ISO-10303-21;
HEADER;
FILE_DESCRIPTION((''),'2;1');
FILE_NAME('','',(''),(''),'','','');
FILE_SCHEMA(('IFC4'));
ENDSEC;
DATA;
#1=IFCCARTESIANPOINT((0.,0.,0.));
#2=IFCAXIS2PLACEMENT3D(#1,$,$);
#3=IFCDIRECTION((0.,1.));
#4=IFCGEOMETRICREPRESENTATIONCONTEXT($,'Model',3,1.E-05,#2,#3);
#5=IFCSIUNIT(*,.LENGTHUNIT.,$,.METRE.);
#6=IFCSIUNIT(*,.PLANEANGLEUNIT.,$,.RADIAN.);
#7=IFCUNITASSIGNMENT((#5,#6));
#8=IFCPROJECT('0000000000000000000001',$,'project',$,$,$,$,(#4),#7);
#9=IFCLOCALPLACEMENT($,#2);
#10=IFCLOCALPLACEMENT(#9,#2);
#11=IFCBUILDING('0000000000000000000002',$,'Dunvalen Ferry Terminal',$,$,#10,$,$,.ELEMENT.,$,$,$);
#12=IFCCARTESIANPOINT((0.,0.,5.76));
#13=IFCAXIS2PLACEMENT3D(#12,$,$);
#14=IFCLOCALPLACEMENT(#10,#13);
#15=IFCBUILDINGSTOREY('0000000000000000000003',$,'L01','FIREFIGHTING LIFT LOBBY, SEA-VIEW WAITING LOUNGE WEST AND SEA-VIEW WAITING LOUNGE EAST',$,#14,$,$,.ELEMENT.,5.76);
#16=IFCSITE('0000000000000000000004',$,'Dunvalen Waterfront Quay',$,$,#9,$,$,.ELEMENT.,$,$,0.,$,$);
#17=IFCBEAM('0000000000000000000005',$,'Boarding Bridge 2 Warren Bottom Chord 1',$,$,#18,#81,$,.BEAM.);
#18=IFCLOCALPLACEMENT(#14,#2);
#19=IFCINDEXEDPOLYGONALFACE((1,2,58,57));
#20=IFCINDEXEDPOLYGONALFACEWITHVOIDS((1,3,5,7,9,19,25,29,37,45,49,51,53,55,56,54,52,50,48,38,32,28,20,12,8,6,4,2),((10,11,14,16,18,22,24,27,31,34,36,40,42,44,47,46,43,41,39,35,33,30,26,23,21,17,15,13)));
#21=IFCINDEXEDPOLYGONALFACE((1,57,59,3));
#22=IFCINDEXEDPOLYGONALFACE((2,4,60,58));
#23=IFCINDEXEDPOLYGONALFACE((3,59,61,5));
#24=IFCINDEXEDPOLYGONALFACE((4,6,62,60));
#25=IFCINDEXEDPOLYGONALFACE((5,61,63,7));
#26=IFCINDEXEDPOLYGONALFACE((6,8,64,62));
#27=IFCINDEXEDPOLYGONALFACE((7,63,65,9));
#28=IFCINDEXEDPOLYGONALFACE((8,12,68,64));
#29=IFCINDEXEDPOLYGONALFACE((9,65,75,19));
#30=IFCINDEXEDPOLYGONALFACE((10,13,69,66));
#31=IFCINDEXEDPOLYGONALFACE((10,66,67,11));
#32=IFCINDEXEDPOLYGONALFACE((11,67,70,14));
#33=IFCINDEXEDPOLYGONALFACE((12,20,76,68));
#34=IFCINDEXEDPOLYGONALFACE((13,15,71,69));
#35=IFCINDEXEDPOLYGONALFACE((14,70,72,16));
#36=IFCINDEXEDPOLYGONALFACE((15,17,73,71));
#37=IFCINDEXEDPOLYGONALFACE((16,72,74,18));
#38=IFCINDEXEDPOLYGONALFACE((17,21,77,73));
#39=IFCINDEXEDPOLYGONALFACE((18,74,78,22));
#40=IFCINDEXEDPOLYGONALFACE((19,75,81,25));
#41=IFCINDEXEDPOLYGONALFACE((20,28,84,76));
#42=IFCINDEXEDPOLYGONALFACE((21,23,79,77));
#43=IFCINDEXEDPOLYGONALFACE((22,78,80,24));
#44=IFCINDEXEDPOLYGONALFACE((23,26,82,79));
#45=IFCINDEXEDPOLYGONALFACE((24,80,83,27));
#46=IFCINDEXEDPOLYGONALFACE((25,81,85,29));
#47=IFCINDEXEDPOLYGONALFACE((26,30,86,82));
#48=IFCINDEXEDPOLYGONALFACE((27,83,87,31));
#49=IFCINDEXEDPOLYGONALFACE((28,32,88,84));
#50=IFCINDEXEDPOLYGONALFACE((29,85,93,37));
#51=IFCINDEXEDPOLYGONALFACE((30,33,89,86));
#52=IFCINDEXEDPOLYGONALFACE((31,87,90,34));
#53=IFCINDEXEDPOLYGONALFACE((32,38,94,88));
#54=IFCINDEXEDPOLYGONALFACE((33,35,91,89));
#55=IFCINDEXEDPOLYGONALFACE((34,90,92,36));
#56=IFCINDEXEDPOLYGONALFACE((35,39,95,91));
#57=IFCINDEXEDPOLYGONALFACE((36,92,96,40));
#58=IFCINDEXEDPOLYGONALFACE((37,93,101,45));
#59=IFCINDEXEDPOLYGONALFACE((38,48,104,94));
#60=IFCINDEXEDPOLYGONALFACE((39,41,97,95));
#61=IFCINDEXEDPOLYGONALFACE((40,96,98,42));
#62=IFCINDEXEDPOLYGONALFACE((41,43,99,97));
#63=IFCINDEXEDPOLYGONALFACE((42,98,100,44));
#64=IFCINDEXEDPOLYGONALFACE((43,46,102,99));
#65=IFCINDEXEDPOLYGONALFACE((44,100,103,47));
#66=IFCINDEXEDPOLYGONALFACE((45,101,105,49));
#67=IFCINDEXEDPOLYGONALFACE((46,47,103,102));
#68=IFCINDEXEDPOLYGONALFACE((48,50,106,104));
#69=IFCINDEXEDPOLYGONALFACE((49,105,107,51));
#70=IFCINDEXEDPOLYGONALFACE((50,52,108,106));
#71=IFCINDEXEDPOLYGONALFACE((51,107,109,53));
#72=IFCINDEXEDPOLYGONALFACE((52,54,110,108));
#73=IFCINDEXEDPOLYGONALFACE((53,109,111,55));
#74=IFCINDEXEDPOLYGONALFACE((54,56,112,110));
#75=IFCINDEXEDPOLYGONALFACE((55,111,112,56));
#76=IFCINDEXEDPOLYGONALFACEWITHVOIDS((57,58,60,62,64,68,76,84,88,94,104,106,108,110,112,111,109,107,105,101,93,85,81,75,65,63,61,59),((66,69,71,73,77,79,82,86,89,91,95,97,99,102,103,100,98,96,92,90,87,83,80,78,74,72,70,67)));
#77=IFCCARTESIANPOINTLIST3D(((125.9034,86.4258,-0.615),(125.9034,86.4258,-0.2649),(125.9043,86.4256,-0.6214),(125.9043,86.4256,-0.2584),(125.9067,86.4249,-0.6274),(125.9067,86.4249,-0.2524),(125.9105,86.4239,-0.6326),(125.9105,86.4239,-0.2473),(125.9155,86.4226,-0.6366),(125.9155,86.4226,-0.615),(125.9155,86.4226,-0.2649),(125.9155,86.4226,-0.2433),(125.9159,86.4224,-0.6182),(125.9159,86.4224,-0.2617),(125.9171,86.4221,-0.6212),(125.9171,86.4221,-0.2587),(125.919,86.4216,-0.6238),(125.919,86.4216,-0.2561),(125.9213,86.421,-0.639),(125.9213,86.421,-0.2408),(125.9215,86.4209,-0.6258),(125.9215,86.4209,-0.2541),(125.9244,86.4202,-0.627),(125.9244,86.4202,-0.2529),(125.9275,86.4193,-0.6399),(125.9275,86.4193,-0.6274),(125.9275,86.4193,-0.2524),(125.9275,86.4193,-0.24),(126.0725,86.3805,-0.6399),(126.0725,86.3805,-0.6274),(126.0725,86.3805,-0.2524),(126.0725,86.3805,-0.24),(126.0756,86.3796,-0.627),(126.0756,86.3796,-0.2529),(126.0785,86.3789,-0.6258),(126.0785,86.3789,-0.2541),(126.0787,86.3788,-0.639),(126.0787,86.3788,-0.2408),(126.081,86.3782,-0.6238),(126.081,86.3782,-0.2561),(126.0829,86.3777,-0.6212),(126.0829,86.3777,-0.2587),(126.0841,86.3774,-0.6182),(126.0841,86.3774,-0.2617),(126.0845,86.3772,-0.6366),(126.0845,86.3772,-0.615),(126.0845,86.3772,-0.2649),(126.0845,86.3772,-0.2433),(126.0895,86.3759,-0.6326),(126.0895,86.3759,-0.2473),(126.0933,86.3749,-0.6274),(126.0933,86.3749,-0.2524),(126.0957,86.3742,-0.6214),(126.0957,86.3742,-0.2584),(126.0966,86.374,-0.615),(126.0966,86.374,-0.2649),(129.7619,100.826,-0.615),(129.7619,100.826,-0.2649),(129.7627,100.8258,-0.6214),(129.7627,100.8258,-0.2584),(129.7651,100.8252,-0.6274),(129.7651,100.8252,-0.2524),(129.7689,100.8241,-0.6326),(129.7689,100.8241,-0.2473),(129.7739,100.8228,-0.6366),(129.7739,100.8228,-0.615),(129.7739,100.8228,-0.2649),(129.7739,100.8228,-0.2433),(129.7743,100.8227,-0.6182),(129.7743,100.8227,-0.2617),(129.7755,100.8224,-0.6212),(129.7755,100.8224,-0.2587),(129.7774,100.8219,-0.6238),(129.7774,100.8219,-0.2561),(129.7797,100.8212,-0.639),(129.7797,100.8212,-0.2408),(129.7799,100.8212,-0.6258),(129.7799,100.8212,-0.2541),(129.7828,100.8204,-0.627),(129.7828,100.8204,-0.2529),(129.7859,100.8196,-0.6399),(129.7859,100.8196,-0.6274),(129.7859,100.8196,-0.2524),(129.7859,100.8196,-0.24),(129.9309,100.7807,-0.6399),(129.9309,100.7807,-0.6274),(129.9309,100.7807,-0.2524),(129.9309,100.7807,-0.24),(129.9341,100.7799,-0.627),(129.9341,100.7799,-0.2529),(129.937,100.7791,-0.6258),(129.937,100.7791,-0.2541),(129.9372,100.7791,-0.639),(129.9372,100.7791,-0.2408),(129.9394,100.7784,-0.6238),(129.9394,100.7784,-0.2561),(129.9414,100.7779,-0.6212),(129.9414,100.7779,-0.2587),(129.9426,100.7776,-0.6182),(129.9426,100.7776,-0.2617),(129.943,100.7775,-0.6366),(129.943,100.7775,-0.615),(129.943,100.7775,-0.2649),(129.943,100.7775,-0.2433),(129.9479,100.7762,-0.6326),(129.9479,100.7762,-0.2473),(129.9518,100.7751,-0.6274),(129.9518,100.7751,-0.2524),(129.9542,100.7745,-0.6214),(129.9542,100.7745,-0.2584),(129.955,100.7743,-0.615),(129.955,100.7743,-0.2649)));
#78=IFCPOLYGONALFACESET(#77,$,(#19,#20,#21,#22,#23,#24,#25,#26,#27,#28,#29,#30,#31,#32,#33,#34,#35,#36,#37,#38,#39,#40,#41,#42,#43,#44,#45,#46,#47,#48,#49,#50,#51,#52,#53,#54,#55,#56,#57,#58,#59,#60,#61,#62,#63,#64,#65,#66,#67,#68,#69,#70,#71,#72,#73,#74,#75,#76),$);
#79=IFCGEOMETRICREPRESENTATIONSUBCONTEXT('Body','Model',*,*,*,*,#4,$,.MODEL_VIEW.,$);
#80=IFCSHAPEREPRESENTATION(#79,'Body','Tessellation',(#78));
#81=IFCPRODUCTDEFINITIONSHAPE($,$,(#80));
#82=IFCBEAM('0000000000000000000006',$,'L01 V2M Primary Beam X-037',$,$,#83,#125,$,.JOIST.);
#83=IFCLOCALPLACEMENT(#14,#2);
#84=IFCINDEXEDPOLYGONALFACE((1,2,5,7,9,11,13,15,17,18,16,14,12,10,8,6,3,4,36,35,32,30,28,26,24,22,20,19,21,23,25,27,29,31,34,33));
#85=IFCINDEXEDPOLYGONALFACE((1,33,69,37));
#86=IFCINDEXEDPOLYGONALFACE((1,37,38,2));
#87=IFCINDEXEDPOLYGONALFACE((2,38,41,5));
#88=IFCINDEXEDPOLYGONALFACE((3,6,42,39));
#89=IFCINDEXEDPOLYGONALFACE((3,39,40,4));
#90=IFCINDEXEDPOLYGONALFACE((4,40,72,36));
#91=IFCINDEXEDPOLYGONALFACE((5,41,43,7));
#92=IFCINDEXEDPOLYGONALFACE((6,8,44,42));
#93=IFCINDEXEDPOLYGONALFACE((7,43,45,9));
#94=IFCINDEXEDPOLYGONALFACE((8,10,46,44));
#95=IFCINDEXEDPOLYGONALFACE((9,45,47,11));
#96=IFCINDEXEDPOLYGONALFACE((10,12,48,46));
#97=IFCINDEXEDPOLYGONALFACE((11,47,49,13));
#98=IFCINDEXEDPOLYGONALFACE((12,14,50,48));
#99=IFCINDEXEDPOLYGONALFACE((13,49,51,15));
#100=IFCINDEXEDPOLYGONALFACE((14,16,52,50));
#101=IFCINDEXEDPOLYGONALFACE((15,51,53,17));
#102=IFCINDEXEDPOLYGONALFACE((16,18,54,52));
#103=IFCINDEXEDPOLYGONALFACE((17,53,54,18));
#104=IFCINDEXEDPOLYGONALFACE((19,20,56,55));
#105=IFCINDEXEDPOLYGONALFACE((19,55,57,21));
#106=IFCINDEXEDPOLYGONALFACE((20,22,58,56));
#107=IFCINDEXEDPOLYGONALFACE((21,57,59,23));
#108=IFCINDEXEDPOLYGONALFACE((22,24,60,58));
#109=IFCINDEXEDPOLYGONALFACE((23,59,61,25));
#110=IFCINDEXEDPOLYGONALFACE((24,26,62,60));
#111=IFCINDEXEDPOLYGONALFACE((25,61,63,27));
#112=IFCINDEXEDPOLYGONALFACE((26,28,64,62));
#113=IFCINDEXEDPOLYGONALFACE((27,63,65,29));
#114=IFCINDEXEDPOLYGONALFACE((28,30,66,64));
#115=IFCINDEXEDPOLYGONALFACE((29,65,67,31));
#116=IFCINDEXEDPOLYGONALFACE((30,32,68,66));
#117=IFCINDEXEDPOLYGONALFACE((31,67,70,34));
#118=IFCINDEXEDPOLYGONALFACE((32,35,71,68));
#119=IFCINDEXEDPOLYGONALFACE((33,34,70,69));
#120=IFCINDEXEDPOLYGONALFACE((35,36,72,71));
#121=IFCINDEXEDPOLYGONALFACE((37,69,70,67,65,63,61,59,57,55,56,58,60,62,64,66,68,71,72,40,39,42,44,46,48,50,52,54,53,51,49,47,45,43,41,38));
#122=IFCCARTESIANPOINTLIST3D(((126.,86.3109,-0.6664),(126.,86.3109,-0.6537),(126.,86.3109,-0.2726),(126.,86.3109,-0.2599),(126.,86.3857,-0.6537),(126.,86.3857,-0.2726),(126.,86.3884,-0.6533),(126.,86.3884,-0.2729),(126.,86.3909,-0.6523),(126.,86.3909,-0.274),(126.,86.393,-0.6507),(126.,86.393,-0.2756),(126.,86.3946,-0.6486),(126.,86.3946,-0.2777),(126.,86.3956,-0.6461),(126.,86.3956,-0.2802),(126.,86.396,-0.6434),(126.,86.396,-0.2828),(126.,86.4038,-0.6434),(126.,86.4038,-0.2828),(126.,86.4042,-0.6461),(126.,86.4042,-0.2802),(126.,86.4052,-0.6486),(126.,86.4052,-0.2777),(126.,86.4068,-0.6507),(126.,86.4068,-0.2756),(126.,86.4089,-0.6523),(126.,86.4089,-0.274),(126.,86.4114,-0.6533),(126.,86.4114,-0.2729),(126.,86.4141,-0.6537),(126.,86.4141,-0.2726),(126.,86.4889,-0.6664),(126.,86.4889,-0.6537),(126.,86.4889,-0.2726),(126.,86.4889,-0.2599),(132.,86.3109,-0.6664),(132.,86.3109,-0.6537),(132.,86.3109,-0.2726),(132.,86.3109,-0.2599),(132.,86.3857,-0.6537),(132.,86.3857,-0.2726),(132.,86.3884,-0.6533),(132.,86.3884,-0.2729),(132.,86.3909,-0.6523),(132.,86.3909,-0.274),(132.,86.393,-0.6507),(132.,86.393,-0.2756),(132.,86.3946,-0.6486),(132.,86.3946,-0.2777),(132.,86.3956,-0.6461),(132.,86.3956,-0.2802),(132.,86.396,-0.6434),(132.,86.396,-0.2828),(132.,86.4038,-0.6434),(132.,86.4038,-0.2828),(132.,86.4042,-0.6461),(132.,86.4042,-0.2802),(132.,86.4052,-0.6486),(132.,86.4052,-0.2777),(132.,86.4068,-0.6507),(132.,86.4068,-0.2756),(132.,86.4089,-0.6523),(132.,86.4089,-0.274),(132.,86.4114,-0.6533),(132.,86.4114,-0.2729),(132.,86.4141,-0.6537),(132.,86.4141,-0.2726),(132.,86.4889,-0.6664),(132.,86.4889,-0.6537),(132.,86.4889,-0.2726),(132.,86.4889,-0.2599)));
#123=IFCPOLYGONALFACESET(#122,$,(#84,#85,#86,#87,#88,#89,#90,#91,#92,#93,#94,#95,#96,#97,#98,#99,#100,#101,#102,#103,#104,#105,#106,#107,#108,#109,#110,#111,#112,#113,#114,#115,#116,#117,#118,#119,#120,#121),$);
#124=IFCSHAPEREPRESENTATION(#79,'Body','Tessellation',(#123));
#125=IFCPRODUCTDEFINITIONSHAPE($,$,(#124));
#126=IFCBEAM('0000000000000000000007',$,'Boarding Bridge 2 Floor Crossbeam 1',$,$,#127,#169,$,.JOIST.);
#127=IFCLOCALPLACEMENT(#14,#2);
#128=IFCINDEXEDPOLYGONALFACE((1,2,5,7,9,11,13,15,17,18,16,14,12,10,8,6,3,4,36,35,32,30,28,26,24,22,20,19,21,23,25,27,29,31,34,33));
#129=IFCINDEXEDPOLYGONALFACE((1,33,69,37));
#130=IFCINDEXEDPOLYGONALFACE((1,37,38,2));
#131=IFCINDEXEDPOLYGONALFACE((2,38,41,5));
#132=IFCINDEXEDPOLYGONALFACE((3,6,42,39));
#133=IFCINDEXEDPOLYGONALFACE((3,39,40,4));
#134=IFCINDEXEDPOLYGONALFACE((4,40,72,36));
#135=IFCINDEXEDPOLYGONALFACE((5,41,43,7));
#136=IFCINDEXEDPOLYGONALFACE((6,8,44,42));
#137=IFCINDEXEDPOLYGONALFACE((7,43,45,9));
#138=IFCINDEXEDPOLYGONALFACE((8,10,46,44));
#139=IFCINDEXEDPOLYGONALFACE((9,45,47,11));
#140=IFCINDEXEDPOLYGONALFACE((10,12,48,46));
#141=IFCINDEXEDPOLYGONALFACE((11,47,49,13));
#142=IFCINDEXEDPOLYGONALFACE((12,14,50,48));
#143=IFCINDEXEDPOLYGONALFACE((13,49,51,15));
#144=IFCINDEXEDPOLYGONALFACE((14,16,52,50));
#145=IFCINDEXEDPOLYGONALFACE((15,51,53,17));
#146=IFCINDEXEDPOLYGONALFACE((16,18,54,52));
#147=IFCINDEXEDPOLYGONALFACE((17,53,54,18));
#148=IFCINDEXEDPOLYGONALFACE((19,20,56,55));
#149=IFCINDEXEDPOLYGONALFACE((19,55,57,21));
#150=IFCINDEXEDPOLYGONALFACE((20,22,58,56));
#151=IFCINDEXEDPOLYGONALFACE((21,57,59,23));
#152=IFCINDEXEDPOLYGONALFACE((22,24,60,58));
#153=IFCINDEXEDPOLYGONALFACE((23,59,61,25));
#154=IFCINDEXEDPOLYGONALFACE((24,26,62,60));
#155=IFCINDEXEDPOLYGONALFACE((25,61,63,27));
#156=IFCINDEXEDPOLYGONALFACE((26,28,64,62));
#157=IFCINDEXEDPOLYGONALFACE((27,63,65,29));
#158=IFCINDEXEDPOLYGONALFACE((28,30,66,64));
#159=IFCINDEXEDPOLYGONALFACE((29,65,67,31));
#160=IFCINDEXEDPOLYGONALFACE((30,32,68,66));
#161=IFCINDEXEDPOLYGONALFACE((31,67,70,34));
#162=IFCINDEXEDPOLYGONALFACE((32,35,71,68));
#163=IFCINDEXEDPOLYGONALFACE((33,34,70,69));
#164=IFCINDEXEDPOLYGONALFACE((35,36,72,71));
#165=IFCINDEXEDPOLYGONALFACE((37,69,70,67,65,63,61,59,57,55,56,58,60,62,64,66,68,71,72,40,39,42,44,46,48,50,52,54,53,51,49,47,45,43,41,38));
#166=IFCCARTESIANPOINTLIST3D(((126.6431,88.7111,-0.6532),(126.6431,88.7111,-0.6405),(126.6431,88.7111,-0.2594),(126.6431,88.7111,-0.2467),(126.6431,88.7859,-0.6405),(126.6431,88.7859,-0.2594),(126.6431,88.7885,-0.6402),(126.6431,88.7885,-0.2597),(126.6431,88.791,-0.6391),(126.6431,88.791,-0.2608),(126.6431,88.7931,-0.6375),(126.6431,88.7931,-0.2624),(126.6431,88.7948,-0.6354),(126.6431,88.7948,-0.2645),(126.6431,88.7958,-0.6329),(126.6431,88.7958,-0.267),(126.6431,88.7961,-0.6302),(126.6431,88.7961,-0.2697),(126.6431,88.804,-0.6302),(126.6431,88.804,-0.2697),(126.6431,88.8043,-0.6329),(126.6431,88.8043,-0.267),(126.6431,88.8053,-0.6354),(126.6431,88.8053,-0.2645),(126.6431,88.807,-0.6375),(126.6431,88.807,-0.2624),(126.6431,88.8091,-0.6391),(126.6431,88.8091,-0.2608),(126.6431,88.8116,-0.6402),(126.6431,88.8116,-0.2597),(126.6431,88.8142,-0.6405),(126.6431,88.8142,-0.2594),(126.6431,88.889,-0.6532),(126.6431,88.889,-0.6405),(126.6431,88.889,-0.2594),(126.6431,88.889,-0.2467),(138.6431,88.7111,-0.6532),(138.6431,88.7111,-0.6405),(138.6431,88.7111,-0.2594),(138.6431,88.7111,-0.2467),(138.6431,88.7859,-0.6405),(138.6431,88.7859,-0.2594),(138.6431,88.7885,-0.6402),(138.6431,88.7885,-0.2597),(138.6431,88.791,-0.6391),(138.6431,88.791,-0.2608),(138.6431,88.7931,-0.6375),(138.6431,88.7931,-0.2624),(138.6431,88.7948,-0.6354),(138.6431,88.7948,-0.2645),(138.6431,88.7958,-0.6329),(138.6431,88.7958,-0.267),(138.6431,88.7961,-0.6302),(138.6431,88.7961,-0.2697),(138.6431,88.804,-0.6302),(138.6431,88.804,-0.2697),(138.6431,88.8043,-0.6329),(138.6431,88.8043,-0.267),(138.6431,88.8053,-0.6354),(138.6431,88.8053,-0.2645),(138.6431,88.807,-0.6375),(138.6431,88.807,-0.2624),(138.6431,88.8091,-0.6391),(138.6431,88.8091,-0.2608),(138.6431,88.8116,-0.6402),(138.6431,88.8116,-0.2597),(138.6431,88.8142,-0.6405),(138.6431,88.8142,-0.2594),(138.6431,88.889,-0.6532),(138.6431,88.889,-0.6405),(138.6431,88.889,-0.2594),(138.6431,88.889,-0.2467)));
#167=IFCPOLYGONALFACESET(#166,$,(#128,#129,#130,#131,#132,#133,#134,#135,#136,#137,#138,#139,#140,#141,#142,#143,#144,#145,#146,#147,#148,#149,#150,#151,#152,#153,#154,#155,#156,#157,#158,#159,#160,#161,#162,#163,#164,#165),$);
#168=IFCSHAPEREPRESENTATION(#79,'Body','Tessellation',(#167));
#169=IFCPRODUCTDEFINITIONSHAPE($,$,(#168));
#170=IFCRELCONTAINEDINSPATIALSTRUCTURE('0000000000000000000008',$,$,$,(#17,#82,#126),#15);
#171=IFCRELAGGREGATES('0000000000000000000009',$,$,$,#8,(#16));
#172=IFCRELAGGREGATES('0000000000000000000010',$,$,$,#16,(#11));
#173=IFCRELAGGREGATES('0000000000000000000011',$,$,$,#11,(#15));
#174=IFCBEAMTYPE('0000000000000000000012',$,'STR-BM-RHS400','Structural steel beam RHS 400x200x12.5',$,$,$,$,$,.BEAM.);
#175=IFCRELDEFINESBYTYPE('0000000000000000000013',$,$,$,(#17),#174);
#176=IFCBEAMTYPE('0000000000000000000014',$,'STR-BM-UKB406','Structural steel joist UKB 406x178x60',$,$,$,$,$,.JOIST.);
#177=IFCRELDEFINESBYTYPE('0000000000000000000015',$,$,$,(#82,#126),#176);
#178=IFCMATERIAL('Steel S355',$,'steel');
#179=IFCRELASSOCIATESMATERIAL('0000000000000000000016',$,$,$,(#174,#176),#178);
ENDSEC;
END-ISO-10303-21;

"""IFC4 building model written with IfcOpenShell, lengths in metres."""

from ifc_helpers import new_model, si_unit, direction, frame, origin, origin_2d, place, context, subcontext, project, spatial, hollow_rectangle, i_section, extrude, material, material_profile, profile_set, type_object, element, save


model = new_model("IFC4")

# Units and contexts
model_context = context("Model", 3, precision=1e-05, world=origin(), true_north=direction((0.0, 1.0)))
body_context = subcontext(model_context, "Body", "Model", "MODEL_VIEW")
ifc_project = project(units=[si_unit("LENGTHUNIT", "METRE"), si_unit("PLANEANGLEUNIT", "RADIAN")], contexts=[model_context])

# Site, building, storey
site_placement = place(None, origin())
site = spatial("IfcSite", under=ifc_project, at=site_placement, Name="Dunvalen Waterfront Quay", CompositionType="ELEMENT", RefElevation=0.0)
building_placement = place(site_placement, origin())
building = spatial("IfcBuilding", under=site, at=building_placement, Name="Dunvalen Ferry Terminal", CompositionType="ELEMENT")
storey_placement = place(building_placement, frame((0.0, 0.0, 5.76)))
storey = spatial("IfcBuildingStorey", under=building, at=storey_placement, Name="L01", Description="FIREFIGHTING LIFT LOBBY, SEA-VIEW WAITING LOUNGE WEST AND SEA-VIEW WAITING LOUNGE EAST", CompositionType="ELEMENT", Elevation=5.76)

# Beams
ifc_material_1 = material(Name="Steel S355", Category="steel")
ifc_material_profile_1 = material_profile(ifc_material_1, hollow_rectangle(XDim=0.2, YDim=0.3999, WallThickness=0.0125, InnerFilletRadius=0.0125, OuterFilletRadius=0.0249, at=origin_2d()), Name="Steel S355")
ifc_profile_set_1 = profile_set([ifc_material_profile_1], Name="Steel S355")
beam_type_1 = type_object("IfcBeamType", Name="STR-BM-RHS400", Description="Structural steel beam RHS 400x200x12.5", PredefinedType="BEAM", material=ifc_profile_set_1)
beam_1_placement = place(storey_placement, frame((126.0, 86.3999, -0.4399), z_axis=(0.258812, 0.965928, 0.0), x_axis=(-0.965928, 0.258812, 0.0)))
element("IfcBeam", 1, at=beam_1_placement, inside=storey, type_object=beam_type_1, Name="Boarding Bridge 2 Warren Bottom Chord 1", PredefinedType="BEAM", context=body_context, shape_type="SweptSolid", body=[
    extrude(hollow_rectangle(XDim=0.2, YDim=0.3999, WallThickness=0.0125, InnerFilletRadius=0.0125, OuterFilletRadius=0.0249, at=origin_2d()), origin(), (0.0, 0.0, 1.0), 14.9082),
])
ifc_material_profile_2 = material_profile(ifc_material_1, i_section(OverallWidth=0.178, OverallDepth=0.4065, WebThickness=0.0078, FlangeThickness=0.0127, FilletRadius=0.0103, at=origin_2d()), Name="Steel S355")
ifc_profile_set_2 = profile_set([ifc_material_profile_2], Name="Steel S355")
beam_type_2 = type_object("IfcBeamType", Name="STR-BM-UKB406", Description="Structural steel joist UKB 406x178x60", PredefinedType="JOIST", material=ifc_profile_set_2)
beam_2_placement = place(storey_placement, frame((126.0, 86.3999, -0.4631), z_axis=(1.0, 0.0, 0.0), x_axis=(0.0, 1.0, 0.0)))
element("IfcBeam", 2, at=beam_2_placement, inside=storey, type_object=beam_type_2, Name="L01 V2M Primary Beam X-037", PredefinedType="JOIST", context=body_context, shape_type="SweptSolid", body=[
    extrude(i_section(OverallWidth=0.178, OverallDepth=0.4065, WebThickness=0.0078, FlangeThickness=0.0127, FilletRadius=0.0103, at=origin_2d()), origin(), (0.0, 0.0, 1.0), 6.0),
])
for number, where, z_axis, x_axis, name in (
    (3, (126.6431, 88.8, -0.45), (1.0, 0.0, 0.0), (0.0, 1.0, 0.0), "Boarding Bridge 2 Floor Crossbeam 1"),
):
    element("IfcBeam", number, at=place(storey_placement, frame(where, z_axis=z_axis, x_axis=x_axis)), inside=storey, type_object=beam_type_2, Name=name, PredefinedType="JOIST", context=body_context, shape_type="SweptSolid", body=[
        extrude(i_section(OverallWidth=0.178, OverallDepth=0.4065, WebThickness=0.0078, FlangeThickness=0.0127, FilletRadius=0.0103, at=origin_2d()), origin(), (0.0, 0.0, 1.0), 12.0),
    ])

save(model, "model.ifc")
